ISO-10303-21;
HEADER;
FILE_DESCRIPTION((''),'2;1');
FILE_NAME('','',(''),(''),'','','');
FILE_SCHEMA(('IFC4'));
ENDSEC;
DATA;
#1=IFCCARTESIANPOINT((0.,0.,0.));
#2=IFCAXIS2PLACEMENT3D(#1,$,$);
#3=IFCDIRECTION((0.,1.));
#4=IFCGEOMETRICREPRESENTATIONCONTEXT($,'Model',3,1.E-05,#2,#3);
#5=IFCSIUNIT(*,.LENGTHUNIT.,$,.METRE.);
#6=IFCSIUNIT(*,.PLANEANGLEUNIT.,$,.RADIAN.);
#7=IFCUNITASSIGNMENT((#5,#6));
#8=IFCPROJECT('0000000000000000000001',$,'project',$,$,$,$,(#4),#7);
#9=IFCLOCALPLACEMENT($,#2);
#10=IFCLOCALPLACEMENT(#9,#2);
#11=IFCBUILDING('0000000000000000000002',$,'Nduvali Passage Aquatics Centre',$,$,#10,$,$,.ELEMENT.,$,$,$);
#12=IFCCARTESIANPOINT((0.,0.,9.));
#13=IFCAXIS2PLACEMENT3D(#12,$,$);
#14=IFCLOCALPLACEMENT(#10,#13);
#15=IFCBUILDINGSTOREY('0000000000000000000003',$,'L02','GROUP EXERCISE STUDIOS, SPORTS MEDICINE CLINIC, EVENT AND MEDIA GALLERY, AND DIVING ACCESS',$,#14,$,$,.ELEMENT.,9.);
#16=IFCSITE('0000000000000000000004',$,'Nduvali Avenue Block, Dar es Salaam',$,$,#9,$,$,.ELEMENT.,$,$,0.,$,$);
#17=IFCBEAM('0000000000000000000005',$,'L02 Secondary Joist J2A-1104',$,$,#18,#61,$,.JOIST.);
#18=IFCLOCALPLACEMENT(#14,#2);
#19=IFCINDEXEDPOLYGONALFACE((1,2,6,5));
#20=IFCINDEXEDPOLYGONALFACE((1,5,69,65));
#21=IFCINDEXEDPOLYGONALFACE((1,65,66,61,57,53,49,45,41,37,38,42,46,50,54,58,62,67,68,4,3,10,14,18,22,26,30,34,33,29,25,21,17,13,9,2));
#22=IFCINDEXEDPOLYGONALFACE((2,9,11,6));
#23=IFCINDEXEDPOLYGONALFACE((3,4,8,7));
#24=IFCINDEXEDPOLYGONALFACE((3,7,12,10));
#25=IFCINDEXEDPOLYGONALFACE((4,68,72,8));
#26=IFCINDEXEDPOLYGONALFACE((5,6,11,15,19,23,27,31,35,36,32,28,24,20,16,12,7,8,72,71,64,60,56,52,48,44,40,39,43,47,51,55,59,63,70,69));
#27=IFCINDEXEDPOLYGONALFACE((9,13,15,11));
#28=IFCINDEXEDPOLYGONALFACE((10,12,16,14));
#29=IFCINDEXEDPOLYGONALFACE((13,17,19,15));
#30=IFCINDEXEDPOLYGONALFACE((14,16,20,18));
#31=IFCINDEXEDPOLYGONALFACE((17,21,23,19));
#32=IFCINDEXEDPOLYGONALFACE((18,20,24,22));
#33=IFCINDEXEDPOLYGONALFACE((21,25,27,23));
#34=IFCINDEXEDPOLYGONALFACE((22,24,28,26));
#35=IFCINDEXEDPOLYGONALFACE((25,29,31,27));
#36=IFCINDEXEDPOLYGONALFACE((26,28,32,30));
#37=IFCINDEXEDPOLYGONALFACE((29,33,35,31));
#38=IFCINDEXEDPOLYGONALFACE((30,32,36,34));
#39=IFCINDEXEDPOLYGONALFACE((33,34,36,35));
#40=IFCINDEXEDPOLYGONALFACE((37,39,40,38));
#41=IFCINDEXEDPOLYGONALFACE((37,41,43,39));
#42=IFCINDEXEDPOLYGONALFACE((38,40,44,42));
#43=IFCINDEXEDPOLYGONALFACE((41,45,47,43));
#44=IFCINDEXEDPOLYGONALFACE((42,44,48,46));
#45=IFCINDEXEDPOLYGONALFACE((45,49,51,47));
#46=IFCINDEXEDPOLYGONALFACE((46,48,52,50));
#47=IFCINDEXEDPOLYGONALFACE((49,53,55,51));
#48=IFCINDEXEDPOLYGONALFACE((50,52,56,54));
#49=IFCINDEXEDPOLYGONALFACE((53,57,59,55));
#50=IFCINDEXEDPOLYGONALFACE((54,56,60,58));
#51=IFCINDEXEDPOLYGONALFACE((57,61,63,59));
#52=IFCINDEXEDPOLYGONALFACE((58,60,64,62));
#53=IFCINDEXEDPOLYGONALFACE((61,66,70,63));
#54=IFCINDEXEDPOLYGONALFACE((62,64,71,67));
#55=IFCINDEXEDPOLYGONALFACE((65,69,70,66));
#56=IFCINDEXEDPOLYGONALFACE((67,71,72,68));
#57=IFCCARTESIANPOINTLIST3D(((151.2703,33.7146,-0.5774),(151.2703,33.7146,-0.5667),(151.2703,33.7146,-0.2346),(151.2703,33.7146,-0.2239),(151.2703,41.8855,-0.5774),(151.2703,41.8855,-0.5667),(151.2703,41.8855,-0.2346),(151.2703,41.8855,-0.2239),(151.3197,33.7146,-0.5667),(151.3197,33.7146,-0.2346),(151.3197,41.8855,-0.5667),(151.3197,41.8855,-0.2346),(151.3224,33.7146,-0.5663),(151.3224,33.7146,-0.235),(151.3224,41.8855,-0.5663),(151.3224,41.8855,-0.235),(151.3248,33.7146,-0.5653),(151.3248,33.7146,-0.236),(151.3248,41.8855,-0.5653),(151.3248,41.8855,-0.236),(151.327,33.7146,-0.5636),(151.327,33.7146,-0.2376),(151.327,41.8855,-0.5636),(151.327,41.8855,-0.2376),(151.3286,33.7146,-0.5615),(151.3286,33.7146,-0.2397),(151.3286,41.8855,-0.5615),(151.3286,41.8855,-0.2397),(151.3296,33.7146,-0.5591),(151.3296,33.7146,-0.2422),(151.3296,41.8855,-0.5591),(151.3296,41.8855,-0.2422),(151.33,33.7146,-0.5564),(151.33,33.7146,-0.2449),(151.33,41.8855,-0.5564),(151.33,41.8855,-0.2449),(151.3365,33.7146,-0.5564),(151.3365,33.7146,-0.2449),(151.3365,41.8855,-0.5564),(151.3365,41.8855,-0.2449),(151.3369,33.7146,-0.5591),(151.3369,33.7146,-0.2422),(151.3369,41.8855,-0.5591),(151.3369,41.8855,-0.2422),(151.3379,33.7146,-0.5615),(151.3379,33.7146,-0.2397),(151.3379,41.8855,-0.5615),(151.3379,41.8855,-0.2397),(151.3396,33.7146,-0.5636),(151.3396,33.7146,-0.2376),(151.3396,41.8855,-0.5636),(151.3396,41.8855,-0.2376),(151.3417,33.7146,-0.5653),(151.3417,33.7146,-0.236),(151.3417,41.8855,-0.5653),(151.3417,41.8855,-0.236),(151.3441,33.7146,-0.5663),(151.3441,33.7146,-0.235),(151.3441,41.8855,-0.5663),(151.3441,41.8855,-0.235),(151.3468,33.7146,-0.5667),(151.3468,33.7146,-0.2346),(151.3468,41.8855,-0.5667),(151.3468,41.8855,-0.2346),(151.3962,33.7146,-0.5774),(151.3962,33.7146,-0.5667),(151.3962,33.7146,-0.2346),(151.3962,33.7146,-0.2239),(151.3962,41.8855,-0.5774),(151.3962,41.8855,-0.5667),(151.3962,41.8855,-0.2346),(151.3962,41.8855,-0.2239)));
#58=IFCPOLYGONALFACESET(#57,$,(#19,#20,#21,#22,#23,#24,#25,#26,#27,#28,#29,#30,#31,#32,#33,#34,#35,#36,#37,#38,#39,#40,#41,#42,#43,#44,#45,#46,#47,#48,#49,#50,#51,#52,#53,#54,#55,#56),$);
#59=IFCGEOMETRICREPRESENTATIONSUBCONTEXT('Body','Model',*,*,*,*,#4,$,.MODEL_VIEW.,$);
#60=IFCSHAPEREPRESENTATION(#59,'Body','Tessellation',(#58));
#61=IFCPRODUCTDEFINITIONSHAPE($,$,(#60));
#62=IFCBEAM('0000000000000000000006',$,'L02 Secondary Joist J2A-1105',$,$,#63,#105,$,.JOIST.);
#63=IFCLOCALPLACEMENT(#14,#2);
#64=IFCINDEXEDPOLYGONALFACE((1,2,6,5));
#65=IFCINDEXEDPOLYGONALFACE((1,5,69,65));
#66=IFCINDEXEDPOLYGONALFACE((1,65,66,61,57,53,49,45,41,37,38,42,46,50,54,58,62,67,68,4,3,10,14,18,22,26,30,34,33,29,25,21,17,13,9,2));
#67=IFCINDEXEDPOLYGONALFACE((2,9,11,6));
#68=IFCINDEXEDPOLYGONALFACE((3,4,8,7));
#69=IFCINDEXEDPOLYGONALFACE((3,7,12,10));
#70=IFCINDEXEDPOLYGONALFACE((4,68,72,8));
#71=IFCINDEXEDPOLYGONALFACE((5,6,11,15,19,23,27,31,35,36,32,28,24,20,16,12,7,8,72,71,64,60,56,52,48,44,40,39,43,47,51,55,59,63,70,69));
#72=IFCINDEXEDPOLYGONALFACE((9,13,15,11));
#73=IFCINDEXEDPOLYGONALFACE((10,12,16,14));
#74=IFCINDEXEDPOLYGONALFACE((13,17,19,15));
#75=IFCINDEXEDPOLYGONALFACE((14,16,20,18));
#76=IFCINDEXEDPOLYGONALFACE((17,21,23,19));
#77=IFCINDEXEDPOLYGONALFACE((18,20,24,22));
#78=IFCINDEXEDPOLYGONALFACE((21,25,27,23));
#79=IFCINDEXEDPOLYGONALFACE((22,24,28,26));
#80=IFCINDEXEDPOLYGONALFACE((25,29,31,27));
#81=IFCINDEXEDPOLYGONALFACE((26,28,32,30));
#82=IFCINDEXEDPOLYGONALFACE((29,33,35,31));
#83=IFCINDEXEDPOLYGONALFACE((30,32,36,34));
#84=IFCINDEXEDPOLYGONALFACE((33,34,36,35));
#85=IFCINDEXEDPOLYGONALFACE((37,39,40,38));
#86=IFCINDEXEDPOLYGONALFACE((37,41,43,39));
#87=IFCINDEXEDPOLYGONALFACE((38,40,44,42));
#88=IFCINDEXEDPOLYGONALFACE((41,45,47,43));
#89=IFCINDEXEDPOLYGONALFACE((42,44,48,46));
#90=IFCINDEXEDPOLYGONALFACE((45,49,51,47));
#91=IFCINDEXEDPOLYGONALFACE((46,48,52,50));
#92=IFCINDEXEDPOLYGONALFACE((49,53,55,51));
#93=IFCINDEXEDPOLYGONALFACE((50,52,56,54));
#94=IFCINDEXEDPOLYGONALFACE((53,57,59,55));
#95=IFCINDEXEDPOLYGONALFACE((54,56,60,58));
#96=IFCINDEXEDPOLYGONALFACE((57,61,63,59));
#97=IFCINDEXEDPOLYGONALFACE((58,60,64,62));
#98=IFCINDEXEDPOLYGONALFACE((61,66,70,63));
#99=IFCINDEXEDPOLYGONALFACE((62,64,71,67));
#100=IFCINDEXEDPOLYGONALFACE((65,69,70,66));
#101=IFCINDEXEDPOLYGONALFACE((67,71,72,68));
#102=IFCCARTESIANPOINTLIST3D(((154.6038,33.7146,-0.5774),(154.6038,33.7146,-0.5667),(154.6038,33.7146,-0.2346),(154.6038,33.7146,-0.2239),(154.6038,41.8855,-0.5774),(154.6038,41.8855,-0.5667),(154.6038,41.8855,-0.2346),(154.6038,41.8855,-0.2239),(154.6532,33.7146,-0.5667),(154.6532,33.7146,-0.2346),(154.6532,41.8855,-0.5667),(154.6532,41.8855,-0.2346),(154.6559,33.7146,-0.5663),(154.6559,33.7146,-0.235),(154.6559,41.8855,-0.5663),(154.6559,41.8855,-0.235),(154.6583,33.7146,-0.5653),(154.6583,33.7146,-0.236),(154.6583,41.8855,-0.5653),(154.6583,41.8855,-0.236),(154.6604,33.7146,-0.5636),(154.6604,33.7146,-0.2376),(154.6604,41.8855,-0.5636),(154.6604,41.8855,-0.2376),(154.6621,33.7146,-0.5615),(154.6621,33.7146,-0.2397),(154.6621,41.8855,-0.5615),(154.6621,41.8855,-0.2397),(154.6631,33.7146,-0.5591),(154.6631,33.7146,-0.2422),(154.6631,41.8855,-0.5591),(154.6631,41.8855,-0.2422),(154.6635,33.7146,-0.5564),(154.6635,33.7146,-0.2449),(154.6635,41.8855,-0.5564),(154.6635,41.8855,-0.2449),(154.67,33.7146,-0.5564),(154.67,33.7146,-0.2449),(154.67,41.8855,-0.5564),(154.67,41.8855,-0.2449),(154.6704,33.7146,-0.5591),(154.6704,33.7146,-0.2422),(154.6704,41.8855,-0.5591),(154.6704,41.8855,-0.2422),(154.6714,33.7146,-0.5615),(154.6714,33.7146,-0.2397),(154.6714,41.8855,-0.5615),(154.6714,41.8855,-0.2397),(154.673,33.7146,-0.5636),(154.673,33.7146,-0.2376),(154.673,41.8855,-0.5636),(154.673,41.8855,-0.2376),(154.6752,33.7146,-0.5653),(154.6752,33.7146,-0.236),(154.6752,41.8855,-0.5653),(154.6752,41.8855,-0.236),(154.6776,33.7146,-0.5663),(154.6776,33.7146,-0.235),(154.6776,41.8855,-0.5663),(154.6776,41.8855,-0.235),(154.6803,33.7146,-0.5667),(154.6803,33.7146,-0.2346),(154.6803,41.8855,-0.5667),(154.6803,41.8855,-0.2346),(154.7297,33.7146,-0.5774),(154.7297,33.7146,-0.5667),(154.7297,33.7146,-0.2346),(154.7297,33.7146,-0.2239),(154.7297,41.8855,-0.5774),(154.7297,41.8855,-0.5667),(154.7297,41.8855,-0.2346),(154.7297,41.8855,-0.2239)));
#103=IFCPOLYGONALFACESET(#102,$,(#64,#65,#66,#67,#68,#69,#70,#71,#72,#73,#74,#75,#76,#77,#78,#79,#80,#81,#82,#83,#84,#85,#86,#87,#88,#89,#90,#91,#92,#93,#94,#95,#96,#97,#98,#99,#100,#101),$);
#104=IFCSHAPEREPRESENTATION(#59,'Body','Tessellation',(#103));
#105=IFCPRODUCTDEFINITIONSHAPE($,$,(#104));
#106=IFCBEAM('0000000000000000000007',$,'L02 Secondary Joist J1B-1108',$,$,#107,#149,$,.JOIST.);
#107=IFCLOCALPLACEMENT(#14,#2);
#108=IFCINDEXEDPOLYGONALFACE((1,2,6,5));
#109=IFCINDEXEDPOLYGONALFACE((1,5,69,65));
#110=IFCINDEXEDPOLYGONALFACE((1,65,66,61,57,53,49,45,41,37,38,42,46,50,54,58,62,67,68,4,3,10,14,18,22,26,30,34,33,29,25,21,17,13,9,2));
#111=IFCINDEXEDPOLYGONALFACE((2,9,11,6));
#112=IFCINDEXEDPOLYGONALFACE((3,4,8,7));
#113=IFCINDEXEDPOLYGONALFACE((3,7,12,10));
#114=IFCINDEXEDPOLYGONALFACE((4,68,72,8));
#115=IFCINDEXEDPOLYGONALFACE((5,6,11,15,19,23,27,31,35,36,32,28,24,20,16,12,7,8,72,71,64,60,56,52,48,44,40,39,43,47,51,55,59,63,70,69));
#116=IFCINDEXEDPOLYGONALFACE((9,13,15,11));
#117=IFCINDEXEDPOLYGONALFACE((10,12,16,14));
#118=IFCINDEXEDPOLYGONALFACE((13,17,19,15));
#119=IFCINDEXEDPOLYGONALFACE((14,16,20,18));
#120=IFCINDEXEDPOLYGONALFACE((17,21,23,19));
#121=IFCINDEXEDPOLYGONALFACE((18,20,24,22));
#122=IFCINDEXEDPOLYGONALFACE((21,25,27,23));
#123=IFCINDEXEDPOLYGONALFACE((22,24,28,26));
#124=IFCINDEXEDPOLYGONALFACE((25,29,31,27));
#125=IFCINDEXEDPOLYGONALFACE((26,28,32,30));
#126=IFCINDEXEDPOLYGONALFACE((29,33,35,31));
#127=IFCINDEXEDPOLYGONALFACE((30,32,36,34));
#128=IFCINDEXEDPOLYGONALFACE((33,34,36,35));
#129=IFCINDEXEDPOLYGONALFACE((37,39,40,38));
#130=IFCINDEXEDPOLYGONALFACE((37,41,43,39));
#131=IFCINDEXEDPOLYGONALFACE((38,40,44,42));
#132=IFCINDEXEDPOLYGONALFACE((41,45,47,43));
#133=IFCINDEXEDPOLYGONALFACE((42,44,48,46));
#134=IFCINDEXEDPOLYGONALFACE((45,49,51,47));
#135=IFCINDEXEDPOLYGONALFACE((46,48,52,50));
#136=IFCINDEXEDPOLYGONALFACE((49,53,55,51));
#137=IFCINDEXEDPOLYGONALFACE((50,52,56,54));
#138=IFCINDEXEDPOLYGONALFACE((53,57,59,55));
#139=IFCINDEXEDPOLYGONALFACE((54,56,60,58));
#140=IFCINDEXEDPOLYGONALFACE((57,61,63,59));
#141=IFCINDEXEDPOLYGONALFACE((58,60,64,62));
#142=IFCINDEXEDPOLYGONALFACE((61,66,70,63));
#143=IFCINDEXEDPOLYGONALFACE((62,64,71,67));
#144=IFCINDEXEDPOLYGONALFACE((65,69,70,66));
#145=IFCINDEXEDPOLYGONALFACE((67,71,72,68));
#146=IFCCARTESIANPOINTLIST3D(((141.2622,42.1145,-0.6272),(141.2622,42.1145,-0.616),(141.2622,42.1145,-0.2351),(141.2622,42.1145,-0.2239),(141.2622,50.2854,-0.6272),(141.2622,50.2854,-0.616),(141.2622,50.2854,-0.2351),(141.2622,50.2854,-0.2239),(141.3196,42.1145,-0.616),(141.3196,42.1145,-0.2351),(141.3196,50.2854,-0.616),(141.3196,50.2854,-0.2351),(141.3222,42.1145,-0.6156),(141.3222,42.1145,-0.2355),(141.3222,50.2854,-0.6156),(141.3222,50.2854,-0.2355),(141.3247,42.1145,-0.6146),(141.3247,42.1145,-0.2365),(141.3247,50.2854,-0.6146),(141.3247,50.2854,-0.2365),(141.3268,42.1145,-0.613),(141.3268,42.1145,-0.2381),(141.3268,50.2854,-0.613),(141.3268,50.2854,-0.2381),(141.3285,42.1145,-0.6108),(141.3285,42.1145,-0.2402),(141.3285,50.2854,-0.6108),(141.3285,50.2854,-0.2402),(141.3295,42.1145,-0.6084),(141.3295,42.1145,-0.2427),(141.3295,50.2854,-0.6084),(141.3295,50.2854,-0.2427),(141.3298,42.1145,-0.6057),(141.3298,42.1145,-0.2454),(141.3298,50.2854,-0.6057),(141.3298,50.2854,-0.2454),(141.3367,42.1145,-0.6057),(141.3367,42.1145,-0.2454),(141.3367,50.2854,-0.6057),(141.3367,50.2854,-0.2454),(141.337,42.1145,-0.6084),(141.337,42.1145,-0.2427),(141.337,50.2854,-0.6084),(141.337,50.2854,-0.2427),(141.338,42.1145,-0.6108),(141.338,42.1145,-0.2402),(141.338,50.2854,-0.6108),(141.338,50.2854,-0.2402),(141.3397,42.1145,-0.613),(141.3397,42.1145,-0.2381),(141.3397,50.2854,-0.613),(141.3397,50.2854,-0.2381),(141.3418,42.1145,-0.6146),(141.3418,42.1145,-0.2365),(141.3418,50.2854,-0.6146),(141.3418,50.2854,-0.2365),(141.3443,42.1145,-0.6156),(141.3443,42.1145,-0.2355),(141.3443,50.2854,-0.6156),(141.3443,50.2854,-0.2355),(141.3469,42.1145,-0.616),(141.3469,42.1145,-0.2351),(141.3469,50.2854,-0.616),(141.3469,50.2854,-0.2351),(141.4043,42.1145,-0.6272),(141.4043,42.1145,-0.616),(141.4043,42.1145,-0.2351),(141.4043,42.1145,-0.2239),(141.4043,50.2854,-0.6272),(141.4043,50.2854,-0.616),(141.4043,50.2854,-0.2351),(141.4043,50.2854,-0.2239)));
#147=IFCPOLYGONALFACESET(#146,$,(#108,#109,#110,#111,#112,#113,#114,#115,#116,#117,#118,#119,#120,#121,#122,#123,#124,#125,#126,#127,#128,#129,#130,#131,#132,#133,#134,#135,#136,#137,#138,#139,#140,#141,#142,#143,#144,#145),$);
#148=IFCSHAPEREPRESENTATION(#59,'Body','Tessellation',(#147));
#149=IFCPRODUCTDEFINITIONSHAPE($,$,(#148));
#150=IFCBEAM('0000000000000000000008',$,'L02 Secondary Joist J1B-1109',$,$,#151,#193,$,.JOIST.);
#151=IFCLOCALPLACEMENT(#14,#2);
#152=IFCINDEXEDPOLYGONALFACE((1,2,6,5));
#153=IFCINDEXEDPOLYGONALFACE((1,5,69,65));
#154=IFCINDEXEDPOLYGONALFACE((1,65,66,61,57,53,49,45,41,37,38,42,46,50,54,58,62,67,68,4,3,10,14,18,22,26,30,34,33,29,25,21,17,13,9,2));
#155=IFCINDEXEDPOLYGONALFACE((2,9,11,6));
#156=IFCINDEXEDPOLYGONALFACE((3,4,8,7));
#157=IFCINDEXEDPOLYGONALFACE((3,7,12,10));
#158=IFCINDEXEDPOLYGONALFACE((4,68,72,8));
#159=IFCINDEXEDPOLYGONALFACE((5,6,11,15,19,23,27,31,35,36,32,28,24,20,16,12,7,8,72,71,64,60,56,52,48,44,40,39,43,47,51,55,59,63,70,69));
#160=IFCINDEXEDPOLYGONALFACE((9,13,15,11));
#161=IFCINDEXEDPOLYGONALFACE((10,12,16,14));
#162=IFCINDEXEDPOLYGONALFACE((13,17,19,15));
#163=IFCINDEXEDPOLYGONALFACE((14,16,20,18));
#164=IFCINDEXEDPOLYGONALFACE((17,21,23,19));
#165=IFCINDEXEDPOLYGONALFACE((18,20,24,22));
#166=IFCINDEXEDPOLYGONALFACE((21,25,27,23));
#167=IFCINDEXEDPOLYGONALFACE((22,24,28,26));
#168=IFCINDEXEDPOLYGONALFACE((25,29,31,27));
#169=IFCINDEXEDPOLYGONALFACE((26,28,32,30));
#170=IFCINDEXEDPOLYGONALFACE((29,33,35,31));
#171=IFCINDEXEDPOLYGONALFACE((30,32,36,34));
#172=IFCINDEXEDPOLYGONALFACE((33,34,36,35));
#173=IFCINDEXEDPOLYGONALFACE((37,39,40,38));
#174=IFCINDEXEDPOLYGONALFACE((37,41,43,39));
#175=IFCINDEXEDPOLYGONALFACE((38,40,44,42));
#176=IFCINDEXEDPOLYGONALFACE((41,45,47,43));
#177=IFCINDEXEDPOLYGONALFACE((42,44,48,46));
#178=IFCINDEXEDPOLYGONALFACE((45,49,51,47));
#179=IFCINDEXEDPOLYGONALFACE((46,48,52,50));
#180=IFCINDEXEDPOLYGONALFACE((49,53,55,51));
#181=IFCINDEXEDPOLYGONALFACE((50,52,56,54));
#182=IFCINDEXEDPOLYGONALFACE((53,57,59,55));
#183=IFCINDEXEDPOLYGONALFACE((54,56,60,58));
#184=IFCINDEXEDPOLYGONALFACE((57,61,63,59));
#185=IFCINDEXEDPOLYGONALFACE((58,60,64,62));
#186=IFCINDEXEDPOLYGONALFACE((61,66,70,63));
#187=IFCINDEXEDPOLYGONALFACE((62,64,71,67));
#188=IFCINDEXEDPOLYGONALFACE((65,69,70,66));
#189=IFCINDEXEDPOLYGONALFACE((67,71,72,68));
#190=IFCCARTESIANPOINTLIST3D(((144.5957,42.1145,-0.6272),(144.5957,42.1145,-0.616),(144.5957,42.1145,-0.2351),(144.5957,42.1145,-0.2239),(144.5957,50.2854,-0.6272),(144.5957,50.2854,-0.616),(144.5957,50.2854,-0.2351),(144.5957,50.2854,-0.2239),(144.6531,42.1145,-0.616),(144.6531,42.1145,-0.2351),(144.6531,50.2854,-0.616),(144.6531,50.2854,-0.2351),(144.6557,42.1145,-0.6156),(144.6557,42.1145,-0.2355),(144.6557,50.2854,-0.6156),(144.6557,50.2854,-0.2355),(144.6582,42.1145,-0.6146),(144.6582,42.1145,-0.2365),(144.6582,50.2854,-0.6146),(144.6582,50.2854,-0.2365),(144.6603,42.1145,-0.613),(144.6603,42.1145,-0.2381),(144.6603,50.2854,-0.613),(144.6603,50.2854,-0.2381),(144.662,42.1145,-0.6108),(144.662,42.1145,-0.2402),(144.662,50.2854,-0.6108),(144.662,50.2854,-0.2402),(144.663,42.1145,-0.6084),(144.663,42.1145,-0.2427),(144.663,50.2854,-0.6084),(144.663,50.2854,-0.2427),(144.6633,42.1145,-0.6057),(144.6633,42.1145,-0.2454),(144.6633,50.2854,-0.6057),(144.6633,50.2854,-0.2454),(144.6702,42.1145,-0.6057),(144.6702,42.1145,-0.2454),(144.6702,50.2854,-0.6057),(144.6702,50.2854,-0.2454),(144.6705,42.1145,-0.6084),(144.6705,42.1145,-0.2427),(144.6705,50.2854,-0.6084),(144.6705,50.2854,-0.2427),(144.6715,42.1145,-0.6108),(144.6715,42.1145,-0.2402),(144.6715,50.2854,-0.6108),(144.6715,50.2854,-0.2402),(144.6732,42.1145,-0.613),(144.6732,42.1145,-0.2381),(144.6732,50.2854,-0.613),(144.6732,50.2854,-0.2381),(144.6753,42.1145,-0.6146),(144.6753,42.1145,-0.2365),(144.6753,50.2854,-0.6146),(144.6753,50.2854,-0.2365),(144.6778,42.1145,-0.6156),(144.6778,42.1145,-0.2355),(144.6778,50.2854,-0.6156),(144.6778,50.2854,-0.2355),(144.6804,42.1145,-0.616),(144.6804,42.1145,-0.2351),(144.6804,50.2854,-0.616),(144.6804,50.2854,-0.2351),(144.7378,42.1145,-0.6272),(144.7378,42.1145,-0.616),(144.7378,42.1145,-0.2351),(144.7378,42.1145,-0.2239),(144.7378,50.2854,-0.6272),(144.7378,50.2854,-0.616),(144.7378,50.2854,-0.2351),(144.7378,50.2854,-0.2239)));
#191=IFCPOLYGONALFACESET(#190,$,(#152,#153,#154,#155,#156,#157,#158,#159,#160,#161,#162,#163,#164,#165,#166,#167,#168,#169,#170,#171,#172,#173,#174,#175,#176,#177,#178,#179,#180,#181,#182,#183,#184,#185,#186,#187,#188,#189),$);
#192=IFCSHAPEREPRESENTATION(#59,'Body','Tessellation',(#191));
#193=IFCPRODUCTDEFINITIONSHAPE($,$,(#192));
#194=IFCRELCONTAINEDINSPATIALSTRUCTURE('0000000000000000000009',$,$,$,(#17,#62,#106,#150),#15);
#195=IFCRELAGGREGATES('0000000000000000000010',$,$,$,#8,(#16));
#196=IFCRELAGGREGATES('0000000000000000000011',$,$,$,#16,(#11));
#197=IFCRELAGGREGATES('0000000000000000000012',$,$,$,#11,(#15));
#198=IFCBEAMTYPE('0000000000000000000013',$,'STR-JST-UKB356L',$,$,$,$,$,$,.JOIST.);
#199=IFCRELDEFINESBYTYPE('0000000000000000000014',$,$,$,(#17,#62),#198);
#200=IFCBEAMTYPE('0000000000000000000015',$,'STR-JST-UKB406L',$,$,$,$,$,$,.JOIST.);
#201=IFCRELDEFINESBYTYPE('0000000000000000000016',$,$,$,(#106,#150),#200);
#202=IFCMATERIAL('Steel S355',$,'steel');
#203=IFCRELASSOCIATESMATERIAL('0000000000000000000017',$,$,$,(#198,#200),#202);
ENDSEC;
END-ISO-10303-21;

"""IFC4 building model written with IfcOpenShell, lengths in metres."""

from ifc_helpers import new_model, si_unit, direction, frame, origin, origin_2d, place, context, subcontext, project, spatial, i_section, extrude, material, material_profile, profile_set, type_object, element, save


model = new_model("IFC4")

# Units and contexts
model_context = context("Model", 3, precision=1e-05, world=origin(), true_north=direction((0.0, 1.0)))
body_context = subcontext(model_context, "Body", "Model", "MODEL_VIEW")
ifc_project = project(units=[si_unit("LENGTHUNIT", "METRE"), si_unit("PLANEANGLEUNIT", "RADIAN")], contexts=[model_context])

# Site, building, storey
site_placement = place(None, origin())
site = spatial("IfcSite", under=ifc_project, at=site_placement, Name="Nduvali Avenue Block, Dar es Salaam", CompositionType="ELEMENT", RefElevation=0.0)
building_placement = place(site_placement, origin())
building = spatial("IfcBuilding", under=site, at=building_placement, Name="Nduvali Passage Aquatics Centre", CompositionType="ELEMENT")
storey_placement = place(building_placement, frame((0.0, 0.0, 9.0)))
storey = spatial("IfcBuildingStorey", under=building, at=storey_placement, Name="L02", Description="GROUP EXERCISE STUDIOS, SPORTS MEDICINE CLINIC, EVENT AND MEDIA GALLERY, AND DIVING ACCESS", CompositionType="ELEMENT", Elevation=9.0)

# Beams
ifc_material = material(Name="Steel S355", Category="steel")
ifc_material_profile_1 = material_profile(ifc_material, i_section(OverallWidth=0.126, OverallDepth=0.3535, WebThickness=0.0066, FlangeThickness=0.0107, FilletRadius=0.0103, at=origin_2d()), Name="UKB 356x127x39")
ifc_profile_set_1 = profile_set([ifc_material_profile_1], Name="Steel S355")
beam_type_1 = type_object("IfcBeamType", Name="STR-JST-UKB356L", PredefinedType="JOIST", material=ifc_profile_set_1)
for number, where, z_axis, x_axis, name in (
    (1, (151.3333, 33.7146, -0.4006), (0.0, 1.0, 0.0), (-1.0, 0.0, 0.0), "L02 Secondary Joist J2A-1104"),
    (2, (154.6667, 33.7146, -0.4006), (0.0, 1.0, 0.0), (-1.0, 0.0, 0.0), "L02 Secondary Joist J2A-1105"),
):
    element("IfcBeam", number, at=place(storey_placement, frame(where, z_axis=z_axis, x_axis=x_axis)), inside=storey, type_object=beam_type_1, Name=name, PredefinedType="JOIST", context=body_context, shape_type="SweptSolid", body=[
        extrude(i_section(OverallWidth=0.126, OverallDepth=0.3535, WebThickness=0.0066, FlangeThickness=0.0107, FilletRadius=0.0103, at=origin_2d()), origin(), (0.0, 0.0, 1.0), 8.1709),
    ])
ifc_material_profile_2 = material_profile(ifc_material, i_section(OverallWidth=0.1421, OverallDepth=0.4033, WebThickness=0.0068, FlangeThickness=0.0112, FilletRadius=0.0103, at=origin_2d()), Name="UKB 406x140x46")
ifc_profile_set_2 = profile_set([ifc_material_profile_2], Name="Steel S355")
beam_type_2 = type_object("IfcBeamType", Name="STR-JST-UKB406L", PredefinedType="JOIST", material=ifc_profile_set_2)
for number, where, z_axis, x_axis, name in (
    (3, (141.3333, 42.1145, -0.4255), (0.0, 1.0, 0.0), (-1.0, 0.0, 0.0), "L02 Secondary Joist J1B-1108"),
    (4, (144.6667, 42.1145, -0.4255), (0.0, 1.0, 0.0), (-1.0, 0.0, 0.0), "L02 Secondary Joist J1B-1109"),
):
    element("IfcBeam", number, at=place(storey_placement, frame(where, z_axis=z_axis, x_axis=x_axis)), inside=storey, type_object=beam_type_2, Name=name, PredefinedType="JOIST", context=body_context, shape_type="SweptSolid", body=[
        extrude(i_section(OverallWidth=0.1421, OverallDepth=0.4033, WebThickness=0.0068, FlangeThickness=0.0112, FilletRadius=0.0103, at=origin_2d()), origin(), (0.0, 0.0, 1.0), 8.1709),
    ])

save(model, "model.ifc")
